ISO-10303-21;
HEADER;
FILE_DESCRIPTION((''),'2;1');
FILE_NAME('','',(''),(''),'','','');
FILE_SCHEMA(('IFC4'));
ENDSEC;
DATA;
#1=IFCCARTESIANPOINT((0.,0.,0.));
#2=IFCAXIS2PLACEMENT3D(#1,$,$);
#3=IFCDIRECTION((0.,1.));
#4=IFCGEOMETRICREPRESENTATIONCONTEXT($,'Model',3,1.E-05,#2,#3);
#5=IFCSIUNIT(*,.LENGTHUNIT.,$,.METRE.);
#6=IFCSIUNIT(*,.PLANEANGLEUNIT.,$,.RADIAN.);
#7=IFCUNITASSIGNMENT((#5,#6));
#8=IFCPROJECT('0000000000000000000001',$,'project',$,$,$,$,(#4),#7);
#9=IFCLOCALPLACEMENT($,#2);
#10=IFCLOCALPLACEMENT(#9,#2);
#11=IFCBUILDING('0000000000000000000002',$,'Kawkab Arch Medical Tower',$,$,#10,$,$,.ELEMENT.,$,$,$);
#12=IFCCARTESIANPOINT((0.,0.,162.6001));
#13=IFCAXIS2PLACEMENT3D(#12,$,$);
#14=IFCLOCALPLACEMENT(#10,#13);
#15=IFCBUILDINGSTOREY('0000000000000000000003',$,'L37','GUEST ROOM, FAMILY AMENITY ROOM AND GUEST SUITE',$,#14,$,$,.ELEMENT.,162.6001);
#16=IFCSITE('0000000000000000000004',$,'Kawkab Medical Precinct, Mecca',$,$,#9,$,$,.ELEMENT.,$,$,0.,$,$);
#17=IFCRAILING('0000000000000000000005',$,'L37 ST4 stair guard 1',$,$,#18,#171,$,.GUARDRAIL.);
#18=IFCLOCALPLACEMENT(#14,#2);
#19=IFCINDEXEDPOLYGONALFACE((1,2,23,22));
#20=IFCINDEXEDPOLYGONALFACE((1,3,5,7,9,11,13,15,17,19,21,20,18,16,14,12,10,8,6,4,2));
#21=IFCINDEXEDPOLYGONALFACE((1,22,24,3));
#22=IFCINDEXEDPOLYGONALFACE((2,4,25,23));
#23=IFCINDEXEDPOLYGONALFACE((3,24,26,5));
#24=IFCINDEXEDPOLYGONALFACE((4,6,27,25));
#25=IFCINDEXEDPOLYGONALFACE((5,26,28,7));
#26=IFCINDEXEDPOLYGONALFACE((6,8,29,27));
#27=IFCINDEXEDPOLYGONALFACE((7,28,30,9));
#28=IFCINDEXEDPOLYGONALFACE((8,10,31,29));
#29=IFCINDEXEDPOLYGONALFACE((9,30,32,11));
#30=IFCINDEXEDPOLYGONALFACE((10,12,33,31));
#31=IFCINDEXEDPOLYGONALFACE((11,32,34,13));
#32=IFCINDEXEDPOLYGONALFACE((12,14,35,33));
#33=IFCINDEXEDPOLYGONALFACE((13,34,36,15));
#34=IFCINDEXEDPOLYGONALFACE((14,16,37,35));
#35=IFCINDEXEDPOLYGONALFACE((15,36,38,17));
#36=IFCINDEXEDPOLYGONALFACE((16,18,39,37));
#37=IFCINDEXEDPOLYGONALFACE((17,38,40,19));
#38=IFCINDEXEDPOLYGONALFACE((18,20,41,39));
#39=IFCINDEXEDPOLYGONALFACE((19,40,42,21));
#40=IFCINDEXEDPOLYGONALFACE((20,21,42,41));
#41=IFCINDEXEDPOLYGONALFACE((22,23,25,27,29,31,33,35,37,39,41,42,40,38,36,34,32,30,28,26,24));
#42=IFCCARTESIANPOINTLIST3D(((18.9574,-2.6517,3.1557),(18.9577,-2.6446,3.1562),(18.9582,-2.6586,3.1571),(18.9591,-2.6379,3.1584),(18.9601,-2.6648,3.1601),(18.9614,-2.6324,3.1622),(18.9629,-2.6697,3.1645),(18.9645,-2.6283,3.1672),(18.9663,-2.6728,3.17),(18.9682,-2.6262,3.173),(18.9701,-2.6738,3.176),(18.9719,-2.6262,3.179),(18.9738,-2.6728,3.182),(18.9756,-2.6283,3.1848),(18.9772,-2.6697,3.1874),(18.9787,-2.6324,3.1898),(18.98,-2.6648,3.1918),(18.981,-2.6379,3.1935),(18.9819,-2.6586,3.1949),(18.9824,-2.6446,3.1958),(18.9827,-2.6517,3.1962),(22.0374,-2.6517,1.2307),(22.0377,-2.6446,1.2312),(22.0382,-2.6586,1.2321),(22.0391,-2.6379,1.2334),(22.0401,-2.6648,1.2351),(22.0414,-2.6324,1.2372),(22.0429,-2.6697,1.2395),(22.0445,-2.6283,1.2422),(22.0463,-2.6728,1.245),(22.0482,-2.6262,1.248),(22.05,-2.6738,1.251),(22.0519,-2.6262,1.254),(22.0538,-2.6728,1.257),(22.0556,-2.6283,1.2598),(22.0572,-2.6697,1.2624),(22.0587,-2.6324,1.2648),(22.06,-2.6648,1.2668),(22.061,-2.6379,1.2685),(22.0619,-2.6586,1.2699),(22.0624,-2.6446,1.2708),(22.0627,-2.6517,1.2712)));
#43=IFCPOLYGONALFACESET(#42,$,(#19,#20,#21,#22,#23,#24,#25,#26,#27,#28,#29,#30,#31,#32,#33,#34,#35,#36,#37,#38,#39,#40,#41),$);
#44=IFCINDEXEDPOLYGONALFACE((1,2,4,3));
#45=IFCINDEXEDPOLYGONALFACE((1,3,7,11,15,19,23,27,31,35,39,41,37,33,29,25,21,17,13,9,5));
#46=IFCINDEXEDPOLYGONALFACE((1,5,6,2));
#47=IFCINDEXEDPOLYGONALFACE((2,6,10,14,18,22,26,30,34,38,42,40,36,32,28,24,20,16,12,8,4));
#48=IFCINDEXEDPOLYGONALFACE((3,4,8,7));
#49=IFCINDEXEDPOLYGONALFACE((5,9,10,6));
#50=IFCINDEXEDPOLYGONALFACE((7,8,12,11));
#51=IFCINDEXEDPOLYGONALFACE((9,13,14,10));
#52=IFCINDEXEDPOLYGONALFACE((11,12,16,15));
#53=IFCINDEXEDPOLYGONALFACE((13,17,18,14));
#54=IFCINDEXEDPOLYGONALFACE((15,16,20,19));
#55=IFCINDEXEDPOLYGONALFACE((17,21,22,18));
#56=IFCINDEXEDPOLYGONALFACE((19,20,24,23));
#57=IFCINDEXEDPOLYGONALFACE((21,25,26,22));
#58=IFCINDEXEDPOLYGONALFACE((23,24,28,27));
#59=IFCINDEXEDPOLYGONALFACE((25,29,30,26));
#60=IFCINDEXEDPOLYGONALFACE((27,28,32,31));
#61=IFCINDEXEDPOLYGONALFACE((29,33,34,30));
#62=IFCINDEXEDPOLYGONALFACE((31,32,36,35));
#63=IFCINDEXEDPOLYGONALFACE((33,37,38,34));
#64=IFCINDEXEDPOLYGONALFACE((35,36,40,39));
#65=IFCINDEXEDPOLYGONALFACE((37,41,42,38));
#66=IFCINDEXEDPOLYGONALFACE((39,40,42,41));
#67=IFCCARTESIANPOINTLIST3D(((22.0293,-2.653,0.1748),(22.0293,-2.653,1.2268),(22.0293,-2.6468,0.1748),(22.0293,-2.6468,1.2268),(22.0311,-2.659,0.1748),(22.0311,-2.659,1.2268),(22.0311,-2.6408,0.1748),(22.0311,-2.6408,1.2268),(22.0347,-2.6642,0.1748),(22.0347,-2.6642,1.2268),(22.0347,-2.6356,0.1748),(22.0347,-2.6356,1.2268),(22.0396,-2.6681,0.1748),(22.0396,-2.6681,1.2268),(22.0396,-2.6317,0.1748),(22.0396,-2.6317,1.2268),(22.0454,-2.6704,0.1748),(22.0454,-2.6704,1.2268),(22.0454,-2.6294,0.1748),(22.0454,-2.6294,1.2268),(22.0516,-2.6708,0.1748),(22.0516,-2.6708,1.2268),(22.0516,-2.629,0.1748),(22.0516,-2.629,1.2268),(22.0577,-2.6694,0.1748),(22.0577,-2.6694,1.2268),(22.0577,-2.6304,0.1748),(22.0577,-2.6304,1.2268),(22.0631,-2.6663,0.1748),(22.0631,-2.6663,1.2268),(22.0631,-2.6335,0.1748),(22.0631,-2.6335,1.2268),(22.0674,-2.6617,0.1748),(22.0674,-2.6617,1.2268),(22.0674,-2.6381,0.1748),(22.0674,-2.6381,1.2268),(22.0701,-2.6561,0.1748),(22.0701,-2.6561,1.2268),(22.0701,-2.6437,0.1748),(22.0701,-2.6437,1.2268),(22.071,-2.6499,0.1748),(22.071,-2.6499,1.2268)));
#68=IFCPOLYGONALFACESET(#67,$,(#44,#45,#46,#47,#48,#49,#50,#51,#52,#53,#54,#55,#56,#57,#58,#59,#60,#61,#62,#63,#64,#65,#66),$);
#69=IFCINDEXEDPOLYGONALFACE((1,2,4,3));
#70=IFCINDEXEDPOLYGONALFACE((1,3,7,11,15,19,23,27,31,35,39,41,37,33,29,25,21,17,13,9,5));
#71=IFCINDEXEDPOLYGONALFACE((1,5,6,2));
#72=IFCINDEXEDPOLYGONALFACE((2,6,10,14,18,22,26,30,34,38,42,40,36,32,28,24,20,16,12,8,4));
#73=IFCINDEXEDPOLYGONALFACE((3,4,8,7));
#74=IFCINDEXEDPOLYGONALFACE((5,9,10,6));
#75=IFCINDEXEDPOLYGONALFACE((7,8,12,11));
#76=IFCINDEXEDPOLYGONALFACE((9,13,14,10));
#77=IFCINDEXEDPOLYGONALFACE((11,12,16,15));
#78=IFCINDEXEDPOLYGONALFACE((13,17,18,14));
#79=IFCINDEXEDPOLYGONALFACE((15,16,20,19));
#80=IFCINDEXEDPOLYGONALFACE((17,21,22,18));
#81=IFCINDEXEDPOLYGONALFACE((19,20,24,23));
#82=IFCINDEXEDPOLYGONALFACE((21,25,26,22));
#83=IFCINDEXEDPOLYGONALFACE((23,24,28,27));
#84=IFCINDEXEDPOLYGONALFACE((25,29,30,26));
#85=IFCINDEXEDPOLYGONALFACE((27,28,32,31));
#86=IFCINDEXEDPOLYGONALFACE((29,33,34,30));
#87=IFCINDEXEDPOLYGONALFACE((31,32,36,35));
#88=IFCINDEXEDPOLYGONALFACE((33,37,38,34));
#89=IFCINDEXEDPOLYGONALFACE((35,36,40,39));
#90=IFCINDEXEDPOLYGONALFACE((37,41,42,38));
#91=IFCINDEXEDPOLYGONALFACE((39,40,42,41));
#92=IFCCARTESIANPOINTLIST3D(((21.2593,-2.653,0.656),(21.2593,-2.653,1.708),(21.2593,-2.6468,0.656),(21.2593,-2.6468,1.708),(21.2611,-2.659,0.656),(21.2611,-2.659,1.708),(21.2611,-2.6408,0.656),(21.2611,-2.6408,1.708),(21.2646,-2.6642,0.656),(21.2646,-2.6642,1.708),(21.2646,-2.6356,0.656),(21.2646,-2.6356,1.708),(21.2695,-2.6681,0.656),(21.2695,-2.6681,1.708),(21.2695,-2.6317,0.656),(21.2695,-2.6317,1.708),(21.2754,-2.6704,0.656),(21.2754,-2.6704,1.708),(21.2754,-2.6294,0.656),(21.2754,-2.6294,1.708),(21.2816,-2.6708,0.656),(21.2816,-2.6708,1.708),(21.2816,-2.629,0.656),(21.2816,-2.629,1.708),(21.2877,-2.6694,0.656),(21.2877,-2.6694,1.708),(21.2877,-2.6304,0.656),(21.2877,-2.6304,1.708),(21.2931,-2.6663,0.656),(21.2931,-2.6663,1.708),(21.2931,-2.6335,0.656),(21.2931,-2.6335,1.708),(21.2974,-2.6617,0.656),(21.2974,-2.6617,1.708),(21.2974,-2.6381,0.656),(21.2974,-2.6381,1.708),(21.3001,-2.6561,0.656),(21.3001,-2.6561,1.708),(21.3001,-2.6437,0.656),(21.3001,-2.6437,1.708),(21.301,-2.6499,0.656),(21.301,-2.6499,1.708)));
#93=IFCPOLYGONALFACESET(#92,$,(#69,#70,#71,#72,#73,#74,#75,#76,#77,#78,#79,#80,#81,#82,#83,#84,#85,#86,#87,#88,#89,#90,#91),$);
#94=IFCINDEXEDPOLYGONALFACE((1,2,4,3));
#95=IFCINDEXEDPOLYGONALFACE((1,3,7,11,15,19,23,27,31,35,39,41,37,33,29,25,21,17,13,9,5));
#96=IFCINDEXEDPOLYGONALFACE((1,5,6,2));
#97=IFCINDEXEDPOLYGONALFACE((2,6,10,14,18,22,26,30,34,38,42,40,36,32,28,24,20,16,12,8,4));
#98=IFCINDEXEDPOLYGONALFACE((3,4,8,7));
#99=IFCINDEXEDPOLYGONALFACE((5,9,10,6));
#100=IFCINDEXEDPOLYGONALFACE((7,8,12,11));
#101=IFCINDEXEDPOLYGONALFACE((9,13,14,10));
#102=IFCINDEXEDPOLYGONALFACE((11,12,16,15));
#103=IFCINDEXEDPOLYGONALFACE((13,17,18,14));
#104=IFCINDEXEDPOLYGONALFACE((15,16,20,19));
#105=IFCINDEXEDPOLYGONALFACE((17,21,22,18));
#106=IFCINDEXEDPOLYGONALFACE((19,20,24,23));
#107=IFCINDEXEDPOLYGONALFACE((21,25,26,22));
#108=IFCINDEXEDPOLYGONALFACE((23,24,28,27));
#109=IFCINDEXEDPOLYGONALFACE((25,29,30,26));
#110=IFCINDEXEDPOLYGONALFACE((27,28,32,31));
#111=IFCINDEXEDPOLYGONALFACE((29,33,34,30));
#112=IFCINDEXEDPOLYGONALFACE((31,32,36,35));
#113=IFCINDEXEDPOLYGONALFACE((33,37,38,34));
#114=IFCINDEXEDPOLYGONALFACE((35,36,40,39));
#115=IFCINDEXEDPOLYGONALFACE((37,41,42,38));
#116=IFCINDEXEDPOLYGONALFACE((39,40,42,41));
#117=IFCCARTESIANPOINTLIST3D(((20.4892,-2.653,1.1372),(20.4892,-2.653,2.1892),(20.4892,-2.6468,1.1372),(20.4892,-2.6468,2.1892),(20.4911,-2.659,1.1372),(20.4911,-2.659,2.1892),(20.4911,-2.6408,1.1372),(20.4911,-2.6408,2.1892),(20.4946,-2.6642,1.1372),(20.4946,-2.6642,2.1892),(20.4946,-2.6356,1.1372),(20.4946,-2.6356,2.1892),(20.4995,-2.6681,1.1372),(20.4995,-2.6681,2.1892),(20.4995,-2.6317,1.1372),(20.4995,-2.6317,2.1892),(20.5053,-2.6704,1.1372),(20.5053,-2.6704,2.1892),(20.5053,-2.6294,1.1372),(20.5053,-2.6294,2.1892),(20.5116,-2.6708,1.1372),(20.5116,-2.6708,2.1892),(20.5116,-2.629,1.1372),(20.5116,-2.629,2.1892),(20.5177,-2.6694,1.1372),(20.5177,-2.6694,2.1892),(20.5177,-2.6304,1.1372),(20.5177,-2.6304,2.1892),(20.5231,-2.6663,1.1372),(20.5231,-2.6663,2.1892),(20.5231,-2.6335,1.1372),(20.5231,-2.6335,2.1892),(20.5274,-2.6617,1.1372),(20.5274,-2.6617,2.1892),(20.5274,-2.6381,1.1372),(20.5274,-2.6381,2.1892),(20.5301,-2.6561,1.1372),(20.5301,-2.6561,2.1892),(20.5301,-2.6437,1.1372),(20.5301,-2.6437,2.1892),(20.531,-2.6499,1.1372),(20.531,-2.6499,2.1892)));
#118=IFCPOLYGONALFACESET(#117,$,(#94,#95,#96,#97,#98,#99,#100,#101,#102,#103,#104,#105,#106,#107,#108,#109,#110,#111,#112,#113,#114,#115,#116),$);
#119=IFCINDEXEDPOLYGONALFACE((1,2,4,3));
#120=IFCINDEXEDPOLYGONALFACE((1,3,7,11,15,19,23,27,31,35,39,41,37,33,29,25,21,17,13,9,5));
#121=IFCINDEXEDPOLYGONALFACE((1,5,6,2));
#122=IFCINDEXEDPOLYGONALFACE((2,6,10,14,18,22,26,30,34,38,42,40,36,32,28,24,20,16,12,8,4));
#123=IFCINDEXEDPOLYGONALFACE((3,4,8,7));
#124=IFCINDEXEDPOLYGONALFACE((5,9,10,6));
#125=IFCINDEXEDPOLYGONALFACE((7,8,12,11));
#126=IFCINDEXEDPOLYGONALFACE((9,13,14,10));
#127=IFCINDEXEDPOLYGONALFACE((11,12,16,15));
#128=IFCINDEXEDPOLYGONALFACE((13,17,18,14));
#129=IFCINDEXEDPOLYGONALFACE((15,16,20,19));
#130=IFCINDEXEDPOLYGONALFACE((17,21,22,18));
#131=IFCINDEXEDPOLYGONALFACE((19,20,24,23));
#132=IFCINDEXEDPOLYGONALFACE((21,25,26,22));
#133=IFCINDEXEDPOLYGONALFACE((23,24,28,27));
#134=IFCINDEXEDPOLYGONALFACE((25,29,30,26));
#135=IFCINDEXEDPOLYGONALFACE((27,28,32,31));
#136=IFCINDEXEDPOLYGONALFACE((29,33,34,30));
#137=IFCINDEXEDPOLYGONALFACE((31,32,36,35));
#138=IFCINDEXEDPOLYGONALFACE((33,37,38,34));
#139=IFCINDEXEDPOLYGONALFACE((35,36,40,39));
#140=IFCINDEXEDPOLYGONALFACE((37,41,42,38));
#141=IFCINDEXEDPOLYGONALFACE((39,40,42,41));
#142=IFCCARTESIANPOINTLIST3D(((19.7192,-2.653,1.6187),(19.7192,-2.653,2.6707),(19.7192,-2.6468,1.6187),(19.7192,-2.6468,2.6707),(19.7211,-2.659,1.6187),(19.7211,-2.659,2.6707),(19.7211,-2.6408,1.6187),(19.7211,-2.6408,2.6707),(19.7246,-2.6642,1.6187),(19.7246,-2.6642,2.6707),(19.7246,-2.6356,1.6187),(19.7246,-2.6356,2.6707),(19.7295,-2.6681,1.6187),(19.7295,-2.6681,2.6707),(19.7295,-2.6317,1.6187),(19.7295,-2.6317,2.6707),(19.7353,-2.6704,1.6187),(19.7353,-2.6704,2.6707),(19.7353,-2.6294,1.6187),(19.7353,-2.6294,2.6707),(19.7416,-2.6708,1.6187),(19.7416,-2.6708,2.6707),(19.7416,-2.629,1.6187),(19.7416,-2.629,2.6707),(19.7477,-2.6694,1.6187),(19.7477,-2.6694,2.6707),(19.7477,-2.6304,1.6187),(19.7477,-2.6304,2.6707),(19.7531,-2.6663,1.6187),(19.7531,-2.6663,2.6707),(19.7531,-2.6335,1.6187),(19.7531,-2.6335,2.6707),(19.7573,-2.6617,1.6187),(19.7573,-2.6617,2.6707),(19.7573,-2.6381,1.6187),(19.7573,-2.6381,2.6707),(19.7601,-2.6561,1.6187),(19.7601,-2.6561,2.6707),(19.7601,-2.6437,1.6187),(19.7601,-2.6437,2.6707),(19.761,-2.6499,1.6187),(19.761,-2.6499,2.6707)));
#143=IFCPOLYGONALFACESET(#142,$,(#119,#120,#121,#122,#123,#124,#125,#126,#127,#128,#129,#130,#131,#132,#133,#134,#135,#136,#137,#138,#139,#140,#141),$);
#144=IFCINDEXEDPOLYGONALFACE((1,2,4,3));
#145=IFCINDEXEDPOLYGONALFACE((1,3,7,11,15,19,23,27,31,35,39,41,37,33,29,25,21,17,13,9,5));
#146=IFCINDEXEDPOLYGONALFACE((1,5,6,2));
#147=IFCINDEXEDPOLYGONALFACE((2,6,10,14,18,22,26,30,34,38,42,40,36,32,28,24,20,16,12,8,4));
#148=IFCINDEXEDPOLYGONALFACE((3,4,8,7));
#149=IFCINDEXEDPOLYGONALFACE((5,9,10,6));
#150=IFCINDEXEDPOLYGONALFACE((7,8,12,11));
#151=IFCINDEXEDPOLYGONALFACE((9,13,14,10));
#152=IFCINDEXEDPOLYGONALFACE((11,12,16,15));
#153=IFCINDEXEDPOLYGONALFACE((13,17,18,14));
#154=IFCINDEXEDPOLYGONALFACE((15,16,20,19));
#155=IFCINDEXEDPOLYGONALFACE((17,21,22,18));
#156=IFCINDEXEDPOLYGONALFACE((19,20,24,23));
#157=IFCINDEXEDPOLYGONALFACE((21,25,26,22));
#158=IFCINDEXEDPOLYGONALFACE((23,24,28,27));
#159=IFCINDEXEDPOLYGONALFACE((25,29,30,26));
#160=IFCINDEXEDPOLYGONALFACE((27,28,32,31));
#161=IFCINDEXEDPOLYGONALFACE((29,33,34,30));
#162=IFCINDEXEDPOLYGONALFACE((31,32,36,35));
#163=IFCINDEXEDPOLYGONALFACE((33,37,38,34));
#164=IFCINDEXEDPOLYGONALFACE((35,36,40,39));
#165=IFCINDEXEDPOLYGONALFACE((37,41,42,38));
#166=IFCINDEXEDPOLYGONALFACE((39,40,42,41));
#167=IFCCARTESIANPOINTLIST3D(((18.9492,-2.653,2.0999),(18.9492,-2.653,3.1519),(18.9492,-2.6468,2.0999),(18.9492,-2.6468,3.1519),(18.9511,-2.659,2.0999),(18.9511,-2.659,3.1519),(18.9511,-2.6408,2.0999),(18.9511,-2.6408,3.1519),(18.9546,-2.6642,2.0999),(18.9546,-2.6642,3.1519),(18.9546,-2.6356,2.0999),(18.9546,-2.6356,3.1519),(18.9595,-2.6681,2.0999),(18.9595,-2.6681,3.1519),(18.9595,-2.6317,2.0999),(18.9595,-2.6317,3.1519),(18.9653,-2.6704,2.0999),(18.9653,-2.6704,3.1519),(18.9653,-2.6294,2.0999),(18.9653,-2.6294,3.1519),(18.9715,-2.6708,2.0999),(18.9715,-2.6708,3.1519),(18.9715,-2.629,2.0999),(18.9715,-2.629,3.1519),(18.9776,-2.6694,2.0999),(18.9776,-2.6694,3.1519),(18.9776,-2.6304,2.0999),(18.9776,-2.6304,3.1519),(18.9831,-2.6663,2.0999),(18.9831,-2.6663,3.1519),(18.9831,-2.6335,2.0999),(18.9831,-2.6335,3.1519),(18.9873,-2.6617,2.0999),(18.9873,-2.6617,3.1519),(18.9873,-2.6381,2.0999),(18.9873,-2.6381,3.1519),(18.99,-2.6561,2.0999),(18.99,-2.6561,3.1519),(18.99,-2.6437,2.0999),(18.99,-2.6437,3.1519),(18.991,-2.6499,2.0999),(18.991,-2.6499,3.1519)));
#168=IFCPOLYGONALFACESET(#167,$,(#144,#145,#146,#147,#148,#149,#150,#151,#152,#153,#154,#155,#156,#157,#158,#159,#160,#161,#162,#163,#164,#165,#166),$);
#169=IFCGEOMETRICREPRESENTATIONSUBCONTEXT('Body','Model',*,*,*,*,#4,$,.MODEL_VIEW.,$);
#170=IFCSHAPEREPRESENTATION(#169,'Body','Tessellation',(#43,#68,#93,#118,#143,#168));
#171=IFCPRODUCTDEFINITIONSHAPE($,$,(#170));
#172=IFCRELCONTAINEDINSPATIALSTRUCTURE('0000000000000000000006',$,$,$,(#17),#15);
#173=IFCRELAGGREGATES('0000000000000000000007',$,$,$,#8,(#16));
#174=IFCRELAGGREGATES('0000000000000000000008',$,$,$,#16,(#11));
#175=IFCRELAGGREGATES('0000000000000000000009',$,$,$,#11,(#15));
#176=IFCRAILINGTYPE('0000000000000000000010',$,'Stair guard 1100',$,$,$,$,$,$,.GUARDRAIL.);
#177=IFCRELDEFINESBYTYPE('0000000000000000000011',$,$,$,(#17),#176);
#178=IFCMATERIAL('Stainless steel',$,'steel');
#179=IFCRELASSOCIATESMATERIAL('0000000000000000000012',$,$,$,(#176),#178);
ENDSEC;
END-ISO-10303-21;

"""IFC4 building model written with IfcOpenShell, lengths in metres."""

from ifc_helpers import new_model, si_unit, direction, frame, origin, origin_2d, place, context, subcontext, project, spatial, circle, extrude, material, type_object, element, save


model = new_model("IFC4")

# Units and contexts
model_context = context("Model", 3, precision=1e-05, world=origin(), true_north=direction((0.0, 1.0)))
body_context = subcontext(model_context, "Body", "Model", "MODEL_VIEW")
ifc_project = project(units=[si_unit("LENGTHUNIT", "METRE"), si_unit("PLANEANGLEUNIT", "RADIAN")], contexts=[model_context])

# Site, building, storey
site_placement = place(None, origin())
site = spatial("IfcSite", under=ifc_project, at=site_placement, Name="Kawkab Medical Precinct, Mecca", CompositionType="ELEMENT", RefElevation=0.0)
building_placement = place(site_placement, origin())
building = spatial("IfcBuilding", under=site, at=building_placement, Name="Kawkab Arch Medical Tower", CompositionType="ELEMENT")
storey_placement = place(building_placement, frame((0.0, 0.0, 162.6001)))
storey = spatial("IfcBuildingStorey", under=building, at=storey_placement, Name="L37", Description="GUEST ROOM, FAMILY AMENITY ROOM AND GUEST SUITE", CompositionType="ELEMENT", Elevation=162.6001)

# Railing
ifc_material_1 = material(Name="Stainless steel", Category="steel")
railing_type = type_object("IfcRailingType", Name="Stair guard 1100", PredefinedType="GUARDRAIL", material=ifc_material_1)
railing_1_placement = place(storey_placement, frame((22.05, -2.6499, 0.1748)))
element("IfcRailing", 1, at=railing_1_placement, inside=storey, type_object=railing_type, Name="L37 ST4 stair guard 1", PredefinedType="GUARDRAIL", context=body_context, shape_type="SweptSolid", body=[
    extrude(circle(Radius=0.0239, at=origin_2d()), frame((0.0, 0.0, 1.0762), z_axis=(-0.847998, 0.0, 0.529999), x_axis=(0.0, -1.0, 0.0)), (0.0, 0.0, 1.0), 3.6321),
    extrude(circle(Radius=0.021, at=origin_2d()), origin(), (0.0, 0.0, 1.0), 1.052),
    extrude(circle(Radius=0.021, at=origin_2d()), frame((-0.77, 0.0, 0.4812)), (0.0, 0.0, 1.0), 1.052),
    extrude(circle(Radius=0.021, at=origin_2d()), frame((-1.54, 0.0, 0.9624)), (0.0, 0.0, 1.0), 1.052),
    extrude(circle(Radius=0.021, at=origin_2d()), frame((-2.3101, 0.0, 1.4438)), (0.0, 0.0, 1.0), 1.052),
    extrude(circle(Radius=0.021, at=origin_2d()), frame((-3.0801, 0.0, 1.925)), (0.0, 0.0, 1.0), 1.052),
])

save(model, "model.ifc")
